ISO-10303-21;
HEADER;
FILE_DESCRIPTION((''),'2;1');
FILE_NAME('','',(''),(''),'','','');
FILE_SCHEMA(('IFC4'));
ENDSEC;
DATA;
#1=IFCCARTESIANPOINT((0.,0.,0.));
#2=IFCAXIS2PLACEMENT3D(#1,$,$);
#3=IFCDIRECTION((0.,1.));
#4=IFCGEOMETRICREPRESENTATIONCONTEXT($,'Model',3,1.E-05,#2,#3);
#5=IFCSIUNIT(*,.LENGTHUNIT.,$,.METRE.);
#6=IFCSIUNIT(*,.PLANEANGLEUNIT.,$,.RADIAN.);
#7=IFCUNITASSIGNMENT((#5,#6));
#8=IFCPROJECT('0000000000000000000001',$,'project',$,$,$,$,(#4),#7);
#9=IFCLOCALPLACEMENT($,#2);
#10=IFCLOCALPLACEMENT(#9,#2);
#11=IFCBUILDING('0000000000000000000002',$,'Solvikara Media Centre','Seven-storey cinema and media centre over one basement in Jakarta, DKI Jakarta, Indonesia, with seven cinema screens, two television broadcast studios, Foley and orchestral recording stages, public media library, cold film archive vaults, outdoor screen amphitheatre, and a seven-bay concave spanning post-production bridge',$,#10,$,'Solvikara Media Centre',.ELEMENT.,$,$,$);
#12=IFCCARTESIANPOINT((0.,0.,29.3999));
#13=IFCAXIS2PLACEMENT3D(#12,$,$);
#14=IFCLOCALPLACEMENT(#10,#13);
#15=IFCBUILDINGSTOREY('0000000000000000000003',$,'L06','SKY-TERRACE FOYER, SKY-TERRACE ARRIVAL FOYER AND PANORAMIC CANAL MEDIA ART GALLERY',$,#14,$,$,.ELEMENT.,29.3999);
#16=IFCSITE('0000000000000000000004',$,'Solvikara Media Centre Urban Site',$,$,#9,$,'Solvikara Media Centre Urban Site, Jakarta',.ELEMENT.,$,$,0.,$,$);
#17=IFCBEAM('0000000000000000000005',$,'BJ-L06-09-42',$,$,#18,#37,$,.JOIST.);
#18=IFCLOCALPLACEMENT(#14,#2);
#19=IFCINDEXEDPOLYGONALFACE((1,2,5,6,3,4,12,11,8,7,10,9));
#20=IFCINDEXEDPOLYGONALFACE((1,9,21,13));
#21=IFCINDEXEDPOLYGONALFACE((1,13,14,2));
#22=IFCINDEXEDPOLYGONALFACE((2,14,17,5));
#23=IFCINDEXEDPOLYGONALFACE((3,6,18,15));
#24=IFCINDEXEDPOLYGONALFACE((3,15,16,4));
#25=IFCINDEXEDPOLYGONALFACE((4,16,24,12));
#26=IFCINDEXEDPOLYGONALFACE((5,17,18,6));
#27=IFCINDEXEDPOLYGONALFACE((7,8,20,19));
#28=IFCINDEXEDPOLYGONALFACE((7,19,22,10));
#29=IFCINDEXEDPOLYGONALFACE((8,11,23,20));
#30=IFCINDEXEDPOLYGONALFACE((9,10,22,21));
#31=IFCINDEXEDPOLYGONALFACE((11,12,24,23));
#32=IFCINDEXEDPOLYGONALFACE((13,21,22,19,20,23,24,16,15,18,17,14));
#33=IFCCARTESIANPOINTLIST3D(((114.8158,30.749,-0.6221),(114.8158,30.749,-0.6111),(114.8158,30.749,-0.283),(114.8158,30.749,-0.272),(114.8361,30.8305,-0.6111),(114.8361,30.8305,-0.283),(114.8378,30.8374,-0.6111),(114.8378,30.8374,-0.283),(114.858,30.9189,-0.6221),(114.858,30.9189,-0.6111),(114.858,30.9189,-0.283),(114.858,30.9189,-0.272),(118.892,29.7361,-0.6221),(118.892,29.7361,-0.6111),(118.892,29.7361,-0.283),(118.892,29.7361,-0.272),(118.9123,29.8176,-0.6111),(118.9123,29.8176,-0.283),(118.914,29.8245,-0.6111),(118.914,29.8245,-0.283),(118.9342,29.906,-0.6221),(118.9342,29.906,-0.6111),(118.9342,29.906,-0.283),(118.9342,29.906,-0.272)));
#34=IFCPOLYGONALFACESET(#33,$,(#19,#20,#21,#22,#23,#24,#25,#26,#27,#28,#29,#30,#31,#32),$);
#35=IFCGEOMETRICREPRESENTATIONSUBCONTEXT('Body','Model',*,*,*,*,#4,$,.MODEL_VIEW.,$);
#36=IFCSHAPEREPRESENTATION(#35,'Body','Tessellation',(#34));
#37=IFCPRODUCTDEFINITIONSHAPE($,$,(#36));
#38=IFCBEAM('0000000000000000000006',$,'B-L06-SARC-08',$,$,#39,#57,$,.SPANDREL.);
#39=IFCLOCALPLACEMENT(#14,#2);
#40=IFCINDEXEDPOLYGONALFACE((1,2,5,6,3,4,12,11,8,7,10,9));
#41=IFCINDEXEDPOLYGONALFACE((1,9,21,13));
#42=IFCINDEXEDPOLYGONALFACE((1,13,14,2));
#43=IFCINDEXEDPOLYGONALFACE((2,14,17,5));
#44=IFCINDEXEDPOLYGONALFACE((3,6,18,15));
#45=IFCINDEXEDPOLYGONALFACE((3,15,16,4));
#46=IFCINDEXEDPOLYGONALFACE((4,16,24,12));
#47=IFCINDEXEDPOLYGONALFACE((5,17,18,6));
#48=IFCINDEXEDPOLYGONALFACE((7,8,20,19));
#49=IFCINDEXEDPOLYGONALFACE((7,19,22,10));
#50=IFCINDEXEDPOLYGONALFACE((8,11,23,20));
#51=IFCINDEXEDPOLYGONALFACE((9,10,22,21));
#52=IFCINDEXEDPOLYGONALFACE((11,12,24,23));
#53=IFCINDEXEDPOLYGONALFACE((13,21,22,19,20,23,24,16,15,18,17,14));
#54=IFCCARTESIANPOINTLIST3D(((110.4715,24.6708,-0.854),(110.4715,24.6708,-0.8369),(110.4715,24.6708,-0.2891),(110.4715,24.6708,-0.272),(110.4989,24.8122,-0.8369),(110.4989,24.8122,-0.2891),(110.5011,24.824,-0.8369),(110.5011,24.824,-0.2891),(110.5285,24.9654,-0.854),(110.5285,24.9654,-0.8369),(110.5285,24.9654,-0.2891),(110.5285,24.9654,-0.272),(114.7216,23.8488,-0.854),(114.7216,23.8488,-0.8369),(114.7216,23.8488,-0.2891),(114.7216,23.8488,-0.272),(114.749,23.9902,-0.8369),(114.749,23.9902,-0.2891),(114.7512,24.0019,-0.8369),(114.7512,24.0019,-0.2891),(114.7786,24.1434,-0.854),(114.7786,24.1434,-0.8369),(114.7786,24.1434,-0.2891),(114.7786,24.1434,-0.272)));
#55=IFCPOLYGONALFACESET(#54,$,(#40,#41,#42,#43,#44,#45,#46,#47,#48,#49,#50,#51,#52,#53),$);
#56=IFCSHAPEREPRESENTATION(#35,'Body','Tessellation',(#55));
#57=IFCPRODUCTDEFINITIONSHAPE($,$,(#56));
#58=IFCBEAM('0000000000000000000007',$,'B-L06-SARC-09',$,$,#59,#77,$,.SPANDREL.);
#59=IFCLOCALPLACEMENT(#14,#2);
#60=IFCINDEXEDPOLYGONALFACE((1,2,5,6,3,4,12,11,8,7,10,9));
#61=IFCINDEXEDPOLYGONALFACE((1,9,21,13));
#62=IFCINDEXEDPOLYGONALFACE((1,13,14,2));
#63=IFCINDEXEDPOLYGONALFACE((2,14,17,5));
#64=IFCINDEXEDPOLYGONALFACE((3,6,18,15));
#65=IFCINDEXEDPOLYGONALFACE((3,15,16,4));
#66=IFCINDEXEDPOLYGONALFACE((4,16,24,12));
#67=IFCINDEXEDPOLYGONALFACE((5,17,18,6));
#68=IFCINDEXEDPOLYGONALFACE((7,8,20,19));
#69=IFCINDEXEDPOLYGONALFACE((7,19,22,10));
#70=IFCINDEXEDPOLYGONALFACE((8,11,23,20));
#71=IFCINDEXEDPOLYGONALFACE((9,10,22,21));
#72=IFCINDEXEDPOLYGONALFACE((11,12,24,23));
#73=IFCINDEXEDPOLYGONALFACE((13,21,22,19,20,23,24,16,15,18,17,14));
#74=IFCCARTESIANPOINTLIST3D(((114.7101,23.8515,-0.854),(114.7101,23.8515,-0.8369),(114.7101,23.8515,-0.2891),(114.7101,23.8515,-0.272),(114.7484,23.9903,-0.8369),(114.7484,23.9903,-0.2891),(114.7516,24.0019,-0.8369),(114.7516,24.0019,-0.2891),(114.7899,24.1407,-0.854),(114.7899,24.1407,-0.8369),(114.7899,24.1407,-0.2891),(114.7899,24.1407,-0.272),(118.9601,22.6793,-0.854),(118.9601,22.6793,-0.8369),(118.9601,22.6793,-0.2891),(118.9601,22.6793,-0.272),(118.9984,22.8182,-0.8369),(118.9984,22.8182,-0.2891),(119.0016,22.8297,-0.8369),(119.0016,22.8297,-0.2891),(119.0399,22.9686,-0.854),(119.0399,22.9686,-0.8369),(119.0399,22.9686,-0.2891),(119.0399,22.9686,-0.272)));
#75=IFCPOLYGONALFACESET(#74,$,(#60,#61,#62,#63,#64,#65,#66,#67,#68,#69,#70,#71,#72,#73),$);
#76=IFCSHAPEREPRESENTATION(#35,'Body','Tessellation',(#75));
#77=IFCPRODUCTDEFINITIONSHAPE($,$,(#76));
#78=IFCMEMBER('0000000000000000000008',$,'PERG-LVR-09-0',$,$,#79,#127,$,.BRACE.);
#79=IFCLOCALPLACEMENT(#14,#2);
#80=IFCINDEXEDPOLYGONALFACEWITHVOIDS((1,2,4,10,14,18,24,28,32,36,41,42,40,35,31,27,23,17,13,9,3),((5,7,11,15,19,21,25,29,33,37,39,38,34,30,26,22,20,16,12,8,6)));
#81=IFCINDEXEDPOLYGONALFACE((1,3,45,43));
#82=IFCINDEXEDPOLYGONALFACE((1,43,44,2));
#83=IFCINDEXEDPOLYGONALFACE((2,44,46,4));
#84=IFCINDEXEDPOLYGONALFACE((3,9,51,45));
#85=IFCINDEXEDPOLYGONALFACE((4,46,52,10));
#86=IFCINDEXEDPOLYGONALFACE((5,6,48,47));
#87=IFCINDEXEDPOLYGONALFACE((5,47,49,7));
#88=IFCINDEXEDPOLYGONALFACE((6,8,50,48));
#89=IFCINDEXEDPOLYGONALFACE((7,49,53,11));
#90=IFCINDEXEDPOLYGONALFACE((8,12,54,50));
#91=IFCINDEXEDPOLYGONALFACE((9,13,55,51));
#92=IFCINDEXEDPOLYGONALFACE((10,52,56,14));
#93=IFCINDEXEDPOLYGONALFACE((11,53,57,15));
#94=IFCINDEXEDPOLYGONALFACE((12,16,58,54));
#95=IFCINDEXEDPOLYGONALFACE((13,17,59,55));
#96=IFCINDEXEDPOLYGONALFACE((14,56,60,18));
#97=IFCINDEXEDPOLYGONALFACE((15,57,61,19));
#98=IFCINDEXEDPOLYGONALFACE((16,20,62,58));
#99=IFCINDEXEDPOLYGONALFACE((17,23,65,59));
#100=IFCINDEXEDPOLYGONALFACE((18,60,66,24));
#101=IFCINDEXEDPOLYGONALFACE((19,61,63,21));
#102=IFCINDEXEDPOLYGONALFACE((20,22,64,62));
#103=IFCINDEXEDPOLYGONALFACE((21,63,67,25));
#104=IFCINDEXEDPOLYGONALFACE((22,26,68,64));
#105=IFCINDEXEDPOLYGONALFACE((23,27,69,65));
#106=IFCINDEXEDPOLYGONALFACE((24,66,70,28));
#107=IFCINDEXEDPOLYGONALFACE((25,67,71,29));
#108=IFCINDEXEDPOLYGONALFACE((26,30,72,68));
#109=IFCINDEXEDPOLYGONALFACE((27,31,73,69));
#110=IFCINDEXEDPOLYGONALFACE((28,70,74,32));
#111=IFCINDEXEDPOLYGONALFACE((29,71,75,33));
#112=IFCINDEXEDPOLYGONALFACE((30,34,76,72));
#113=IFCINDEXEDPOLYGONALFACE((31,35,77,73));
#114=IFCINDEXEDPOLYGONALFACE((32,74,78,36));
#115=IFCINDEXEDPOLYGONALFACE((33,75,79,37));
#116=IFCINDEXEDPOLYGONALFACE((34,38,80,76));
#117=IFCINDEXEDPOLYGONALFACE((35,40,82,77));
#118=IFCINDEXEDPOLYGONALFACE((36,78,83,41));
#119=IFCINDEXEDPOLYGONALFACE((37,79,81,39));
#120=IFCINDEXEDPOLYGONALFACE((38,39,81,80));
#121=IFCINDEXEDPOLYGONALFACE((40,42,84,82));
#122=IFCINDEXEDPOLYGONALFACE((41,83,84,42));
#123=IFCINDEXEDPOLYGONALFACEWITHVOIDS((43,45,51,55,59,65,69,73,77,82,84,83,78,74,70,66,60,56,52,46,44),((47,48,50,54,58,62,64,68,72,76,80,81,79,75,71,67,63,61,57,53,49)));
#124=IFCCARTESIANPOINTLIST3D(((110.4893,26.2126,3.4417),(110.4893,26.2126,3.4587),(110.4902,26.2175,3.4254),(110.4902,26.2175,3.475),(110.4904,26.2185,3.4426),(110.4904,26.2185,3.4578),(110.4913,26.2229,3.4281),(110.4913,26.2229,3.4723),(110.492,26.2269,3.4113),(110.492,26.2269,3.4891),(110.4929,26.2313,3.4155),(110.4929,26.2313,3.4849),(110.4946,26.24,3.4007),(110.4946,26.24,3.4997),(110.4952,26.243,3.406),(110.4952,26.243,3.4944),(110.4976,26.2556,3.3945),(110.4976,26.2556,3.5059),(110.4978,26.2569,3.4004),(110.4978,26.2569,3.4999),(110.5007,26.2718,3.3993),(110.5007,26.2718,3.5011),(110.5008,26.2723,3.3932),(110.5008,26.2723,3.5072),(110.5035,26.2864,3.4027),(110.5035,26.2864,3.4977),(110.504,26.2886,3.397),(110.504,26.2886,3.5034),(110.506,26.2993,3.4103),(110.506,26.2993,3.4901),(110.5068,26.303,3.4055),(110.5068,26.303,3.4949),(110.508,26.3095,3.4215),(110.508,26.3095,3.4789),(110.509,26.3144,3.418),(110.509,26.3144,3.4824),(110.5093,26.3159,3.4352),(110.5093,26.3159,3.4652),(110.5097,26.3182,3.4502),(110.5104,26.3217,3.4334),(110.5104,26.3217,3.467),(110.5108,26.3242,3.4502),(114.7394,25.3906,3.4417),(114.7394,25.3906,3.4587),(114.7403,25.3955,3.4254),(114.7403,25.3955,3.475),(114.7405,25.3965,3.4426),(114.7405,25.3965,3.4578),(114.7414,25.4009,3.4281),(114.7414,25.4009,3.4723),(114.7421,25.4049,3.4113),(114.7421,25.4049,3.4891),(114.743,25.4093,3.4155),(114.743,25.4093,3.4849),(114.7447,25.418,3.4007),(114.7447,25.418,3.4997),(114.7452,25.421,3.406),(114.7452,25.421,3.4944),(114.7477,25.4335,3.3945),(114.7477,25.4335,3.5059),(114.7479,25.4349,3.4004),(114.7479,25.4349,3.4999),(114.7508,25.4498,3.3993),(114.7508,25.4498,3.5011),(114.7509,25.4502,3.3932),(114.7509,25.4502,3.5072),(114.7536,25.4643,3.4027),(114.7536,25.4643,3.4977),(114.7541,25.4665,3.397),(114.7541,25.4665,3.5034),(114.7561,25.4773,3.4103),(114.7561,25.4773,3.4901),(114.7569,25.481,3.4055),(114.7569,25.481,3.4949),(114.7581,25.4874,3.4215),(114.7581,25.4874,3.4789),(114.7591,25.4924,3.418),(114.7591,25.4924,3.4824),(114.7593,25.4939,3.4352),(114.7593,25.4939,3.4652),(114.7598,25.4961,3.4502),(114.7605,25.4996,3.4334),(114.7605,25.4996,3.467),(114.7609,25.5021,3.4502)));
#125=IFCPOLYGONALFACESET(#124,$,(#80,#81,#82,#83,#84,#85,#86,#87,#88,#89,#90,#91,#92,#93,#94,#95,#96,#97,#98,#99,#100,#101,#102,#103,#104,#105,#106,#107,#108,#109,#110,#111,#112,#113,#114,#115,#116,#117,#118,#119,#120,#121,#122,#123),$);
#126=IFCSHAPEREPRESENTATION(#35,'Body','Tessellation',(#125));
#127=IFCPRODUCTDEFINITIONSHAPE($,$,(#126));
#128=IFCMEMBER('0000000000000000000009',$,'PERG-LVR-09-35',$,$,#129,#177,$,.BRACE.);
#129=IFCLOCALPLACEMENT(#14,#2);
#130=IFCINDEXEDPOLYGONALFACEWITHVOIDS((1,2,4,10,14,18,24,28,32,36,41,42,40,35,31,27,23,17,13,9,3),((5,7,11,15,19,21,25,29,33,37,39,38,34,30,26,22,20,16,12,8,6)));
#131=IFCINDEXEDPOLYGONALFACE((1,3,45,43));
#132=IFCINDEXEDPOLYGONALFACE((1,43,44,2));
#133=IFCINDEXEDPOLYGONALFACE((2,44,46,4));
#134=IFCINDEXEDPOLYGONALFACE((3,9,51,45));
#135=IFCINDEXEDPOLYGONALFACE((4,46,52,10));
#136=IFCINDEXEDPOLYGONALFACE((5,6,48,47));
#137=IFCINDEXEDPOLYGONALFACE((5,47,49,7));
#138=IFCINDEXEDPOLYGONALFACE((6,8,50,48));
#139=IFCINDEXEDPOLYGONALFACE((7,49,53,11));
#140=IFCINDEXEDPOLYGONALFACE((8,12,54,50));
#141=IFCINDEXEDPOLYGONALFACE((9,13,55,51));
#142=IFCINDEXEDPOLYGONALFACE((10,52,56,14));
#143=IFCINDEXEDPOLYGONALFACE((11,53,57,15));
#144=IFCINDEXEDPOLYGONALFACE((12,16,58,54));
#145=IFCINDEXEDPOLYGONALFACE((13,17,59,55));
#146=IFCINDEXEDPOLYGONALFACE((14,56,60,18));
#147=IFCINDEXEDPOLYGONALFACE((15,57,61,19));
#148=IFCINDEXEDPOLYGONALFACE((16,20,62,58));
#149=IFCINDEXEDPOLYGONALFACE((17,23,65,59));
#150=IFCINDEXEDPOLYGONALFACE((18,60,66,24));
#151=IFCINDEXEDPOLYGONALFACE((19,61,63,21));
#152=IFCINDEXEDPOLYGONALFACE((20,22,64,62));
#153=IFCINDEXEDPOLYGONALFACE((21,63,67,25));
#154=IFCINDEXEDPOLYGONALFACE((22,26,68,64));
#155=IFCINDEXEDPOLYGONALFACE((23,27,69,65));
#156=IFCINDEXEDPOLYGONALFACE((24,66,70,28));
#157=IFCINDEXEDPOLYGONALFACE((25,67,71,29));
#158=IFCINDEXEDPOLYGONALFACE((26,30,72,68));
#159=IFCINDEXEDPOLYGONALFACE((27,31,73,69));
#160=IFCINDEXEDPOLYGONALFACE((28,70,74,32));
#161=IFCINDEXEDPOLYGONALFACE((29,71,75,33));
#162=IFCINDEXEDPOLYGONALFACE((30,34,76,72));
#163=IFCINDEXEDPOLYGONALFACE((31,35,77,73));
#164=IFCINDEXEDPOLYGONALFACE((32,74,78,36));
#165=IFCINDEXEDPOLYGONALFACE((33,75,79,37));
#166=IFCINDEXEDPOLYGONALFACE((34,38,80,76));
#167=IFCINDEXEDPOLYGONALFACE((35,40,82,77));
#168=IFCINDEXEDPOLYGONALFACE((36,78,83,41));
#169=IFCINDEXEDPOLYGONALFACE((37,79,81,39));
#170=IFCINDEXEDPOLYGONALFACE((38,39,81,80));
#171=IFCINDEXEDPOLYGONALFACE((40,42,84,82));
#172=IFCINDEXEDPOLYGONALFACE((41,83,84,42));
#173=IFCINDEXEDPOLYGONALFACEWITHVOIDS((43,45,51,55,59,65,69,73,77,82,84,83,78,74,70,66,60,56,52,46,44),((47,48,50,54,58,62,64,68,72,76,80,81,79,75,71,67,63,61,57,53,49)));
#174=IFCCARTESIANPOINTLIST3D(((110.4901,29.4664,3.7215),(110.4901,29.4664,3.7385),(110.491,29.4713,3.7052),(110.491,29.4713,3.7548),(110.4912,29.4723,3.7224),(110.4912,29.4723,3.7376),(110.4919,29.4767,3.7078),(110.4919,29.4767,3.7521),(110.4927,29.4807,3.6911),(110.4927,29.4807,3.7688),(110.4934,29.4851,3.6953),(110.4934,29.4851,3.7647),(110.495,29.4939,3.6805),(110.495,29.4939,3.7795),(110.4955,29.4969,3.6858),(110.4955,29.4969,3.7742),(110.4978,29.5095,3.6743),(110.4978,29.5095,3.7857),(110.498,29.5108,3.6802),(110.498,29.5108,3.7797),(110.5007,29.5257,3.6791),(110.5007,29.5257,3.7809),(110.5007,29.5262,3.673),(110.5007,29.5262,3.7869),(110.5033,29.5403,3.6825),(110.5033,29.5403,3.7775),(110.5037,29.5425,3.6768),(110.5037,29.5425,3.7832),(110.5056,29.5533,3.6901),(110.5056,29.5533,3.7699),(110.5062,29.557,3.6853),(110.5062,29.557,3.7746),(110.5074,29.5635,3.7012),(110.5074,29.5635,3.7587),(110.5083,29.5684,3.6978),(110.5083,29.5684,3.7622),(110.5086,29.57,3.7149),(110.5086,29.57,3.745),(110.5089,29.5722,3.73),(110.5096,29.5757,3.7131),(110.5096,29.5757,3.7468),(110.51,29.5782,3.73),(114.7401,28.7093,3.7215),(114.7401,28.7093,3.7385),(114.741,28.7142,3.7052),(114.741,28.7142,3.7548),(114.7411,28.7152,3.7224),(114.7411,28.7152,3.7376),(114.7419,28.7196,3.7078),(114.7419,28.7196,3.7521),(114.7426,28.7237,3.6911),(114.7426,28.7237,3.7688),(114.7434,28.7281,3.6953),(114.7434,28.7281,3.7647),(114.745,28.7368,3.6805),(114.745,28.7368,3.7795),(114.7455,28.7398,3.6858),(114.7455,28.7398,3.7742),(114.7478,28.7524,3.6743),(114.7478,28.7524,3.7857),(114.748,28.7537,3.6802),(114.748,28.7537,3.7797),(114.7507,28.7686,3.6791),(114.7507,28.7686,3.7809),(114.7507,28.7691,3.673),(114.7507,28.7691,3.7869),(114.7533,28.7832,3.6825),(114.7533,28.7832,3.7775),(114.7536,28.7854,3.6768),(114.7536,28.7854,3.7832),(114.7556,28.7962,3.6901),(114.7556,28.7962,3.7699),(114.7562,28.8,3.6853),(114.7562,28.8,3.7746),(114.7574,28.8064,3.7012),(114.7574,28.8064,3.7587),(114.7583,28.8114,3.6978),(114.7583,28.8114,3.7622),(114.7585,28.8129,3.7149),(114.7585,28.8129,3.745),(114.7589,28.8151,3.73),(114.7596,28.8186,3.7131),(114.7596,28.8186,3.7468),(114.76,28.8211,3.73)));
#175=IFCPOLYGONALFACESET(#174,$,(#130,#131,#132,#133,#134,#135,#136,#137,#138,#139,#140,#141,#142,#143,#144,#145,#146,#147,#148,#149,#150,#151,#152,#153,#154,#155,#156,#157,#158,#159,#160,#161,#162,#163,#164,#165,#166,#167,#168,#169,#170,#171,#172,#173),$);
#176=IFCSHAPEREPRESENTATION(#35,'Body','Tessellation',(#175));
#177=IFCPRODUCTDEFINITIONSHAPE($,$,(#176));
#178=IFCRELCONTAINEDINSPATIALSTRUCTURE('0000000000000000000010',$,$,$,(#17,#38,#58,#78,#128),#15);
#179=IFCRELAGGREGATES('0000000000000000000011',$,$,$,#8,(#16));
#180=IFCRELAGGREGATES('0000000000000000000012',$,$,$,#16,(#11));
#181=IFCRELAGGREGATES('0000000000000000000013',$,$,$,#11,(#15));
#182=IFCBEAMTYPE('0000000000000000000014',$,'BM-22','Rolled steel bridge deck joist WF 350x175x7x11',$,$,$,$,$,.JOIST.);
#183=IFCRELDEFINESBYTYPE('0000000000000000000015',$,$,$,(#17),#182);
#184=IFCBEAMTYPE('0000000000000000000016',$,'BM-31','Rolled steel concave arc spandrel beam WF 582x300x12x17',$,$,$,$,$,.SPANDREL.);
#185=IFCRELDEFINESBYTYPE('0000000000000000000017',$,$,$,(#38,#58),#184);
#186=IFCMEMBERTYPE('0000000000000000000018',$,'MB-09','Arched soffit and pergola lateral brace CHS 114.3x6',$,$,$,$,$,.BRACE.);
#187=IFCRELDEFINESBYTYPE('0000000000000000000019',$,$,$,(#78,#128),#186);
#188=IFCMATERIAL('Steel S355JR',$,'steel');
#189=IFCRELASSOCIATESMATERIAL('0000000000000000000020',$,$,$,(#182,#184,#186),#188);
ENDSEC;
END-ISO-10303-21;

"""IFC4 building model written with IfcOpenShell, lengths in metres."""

from ifc_helpers import new_model, si_unit, direction, frame, origin, origin_2d, place, context, subcontext, project, spatial, hollow_circle, i_section, extrude, material, material_profile, profile_set, type_object, element, save


model = new_model("IFC4")

# Units and contexts
model_context = context("Model", 3, precision=1e-05, world=origin(), true_north=direction((0.0, 1.0)))
body_context = subcontext(model_context, "Body", "Model", "MODEL_VIEW")
ifc_project = project(units=[si_unit("LENGTHUNIT", "METRE"), si_unit("PLANEANGLEUNIT", "RADIAN")], contexts=[model_context])

# Site, building, storey
site_placement = place(None, origin())
site = spatial("IfcSite", under=ifc_project, at=site_placement, Name="Solvikara Media Centre Urban Site", LongName="Solvikara Media Centre Urban Site, Jakarta", CompositionType="ELEMENT", RefElevation=0.0)
building_placement = place(site_placement, origin())
building = spatial("IfcBuilding", under=site, at=building_placement, Name="Solvikara Media Centre", Description="Seven-storey cinema and media centre over one basement in Jakarta, DKI Jakarta, Indonesia, with seven cinema screens, two television broadcast studios, Foley and orchestral recording stages, public media library, cold film archive vaults, outdoor screen amphitheatre, and a seven-bay concave spanning post-production bridge", LongName="Solvikara Media Centre", CompositionType="ELEMENT")
storey_placement = place(building_placement, frame((0.0, 0.0, 29.3999)))
storey = spatial("IfcBuildingStorey", under=building, at=storey_placement, Name="L06", Description="SKY-TERRACE FOYER, SKY-TERRACE ARRIVAL FOYER AND PANORAMIC CANAL MEDIA ART GALLERY", CompositionType="ELEMENT", Elevation=29.3999)

# Beams
ifc_material_1 = material(Name="Steel S355JR", Category="steel")
ifc_material_profile_1 = material_profile(ifc_material_1, i_section(OverallWidth=0.175, OverallDepth=0.3501, WebThickness=0.0071, FlangeThickness=0.011, at=origin_2d()), Name="WF 350x175x7x11")
ifc_profile_set_1 = profile_set([ifc_material_profile_1], Name="Steel S355JR")
beam_type_1 = type_object("IfcBeamType", Name="BM-22", Description="Rolled steel bridge deck joist WF 350x175x7x11", PredefinedType="JOIST", material=ifc_profile_set_1)
beam_1_placement = place(storey_placement, frame((114.8369, 30.834, -0.447), z_axis=(0.970483, -0.241168, 0.0), x_axis=(0.241168, 0.970483, 0.0)))
element("IfcBeam", 1, at=beam_1_placement, inside=storey, type_object=beam_type_1, Name="BJ-L06-09-42", PredefinedType="JOIST", context=body_context, shape_type="SweptSolid", body=[
    extrude(i_section(OverallWidth=0.175, OverallDepth=0.3501, WebThickness=0.0071, FlangeThickness=0.011, at=origin_2d()), origin(), (0.0, 0.0, 1.0), 4.2002),
])
ifc_material_profile_2 = material_profile(ifc_material_1, i_section(OverallWidth=0.3, OverallDepth=0.582, WebThickness=0.012, FlangeThickness=0.0171, at=origin_2d()), Name="WF 582x300x12x17")
ifc_profile_set_2 = profile_set([ifc_material_profile_2], Name="Steel S355JR")
beam_type_2 = type_object("IfcBeamType", Name="BM-31", Description="Rolled steel concave arc spandrel beam WF 582x300x12x17", PredefinedType="SPANDREL", material=ifc_profile_set_2)
beam_2_placement = place(storey_placement, frame((110.5, 24.8181, -0.563), z_axis=(0.981804, -0.189897, 0.0), x_axis=(0.189897, 0.981804, 0.0)))
element("IfcBeam", 2, at=beam_2_placement, inside=storey, type_object=beam_type_2, Name="B-L06-SARC-08", PredefinedType="SPANDREL", context=body_context, shape_type="SweptSolid", body=[
    extrude(i_section(OverallWidth=0.3, OverallDepth=0.582, WebThickness=0.012, FlangeThickness=0.0171, at=origin_2d()), origin(), (0.0, 0.0, 1.0), 4.3289),
])
beam_3_placement = place(storey_placement, frame((114.75, 23.9961, -0.563), z_axis=(0.96401, -0.265867, 0.0), x_axis=(0.265867, 0.96401, 0.0)))
element("IfcBeam", 3, at=beam_3_placement, inside=storey, type_object=beam_type_2, Name="B-L06-SARC-09", PredefinedType="SPANDREL", context=body_context, shape_type="SweptSolid", body=[
    extrude(i_section(OverallWidth=0.3, OverallDepth=0.582, WebThickness=0.012, FlangeThickness=0.0171, at=origin_2d()), origin(), (0.0, 0.0, 1.0), 4.4087),
])

# Members
ifc_material_profile_3 = material_profile(ifc_material_1, hollow_circle(Radius=0.0571, WallThickness=0.0061, at=origin_2d()), Name="CHS 114.3x6")
ifc_profile_set_3 = profile_set([ifc_material_profile_3], Name="Steel S355JR")
member_type_1 = type_object("IfcMemberType", Name="MB-09", Description="Arched soffit and pergola lateral brace CHS 114.3x6", PredefinedType="BRACE", material=ifc_profile_set_3)
member_1_placement = place(storey_placement, frame((110.5, 26.2681, 3.4502), z_axis=(0.981804, -0.189897, 0.0), x_axis=(0.189897, 0.981804, 0.0)))
element("IfcMember", 4, at=member_1_placement, inside=storey, type_object=member_type_1, Name="PERG-LVR-09-0", PredefinedType="BRACE", context=body_context, shape_type="SweptSolid", body=[
    extrude(hollow_circle(Radius=0.0571, WallThickness=0.0061, at=origin_2d()), origin(), (0.0, 0.0, 1.0), 4.3289),
])
member_2_placement = place(storey_placement, frame((110.5, 29.522, 3.73), z_axis=(0.984502, -0.175376, 0.0), x_axis=(0.175376, 0.984502, 0.0)))
element("IfcMember", 5, at=member_2_placement, inside=storey, type_object=member_type_1, Name="PERG-LVR-09-35", PredefinedType="BRACE", context=body_context, shape_type="SweptSolid", body=[
    extrude(hollow_circle(Radius=0.0571, WallThickness=0.0061, at=origin_2d()), origin(), (0.0, 0.0, 1.0), 4.3169),
])

save(model, "model.ifc")
